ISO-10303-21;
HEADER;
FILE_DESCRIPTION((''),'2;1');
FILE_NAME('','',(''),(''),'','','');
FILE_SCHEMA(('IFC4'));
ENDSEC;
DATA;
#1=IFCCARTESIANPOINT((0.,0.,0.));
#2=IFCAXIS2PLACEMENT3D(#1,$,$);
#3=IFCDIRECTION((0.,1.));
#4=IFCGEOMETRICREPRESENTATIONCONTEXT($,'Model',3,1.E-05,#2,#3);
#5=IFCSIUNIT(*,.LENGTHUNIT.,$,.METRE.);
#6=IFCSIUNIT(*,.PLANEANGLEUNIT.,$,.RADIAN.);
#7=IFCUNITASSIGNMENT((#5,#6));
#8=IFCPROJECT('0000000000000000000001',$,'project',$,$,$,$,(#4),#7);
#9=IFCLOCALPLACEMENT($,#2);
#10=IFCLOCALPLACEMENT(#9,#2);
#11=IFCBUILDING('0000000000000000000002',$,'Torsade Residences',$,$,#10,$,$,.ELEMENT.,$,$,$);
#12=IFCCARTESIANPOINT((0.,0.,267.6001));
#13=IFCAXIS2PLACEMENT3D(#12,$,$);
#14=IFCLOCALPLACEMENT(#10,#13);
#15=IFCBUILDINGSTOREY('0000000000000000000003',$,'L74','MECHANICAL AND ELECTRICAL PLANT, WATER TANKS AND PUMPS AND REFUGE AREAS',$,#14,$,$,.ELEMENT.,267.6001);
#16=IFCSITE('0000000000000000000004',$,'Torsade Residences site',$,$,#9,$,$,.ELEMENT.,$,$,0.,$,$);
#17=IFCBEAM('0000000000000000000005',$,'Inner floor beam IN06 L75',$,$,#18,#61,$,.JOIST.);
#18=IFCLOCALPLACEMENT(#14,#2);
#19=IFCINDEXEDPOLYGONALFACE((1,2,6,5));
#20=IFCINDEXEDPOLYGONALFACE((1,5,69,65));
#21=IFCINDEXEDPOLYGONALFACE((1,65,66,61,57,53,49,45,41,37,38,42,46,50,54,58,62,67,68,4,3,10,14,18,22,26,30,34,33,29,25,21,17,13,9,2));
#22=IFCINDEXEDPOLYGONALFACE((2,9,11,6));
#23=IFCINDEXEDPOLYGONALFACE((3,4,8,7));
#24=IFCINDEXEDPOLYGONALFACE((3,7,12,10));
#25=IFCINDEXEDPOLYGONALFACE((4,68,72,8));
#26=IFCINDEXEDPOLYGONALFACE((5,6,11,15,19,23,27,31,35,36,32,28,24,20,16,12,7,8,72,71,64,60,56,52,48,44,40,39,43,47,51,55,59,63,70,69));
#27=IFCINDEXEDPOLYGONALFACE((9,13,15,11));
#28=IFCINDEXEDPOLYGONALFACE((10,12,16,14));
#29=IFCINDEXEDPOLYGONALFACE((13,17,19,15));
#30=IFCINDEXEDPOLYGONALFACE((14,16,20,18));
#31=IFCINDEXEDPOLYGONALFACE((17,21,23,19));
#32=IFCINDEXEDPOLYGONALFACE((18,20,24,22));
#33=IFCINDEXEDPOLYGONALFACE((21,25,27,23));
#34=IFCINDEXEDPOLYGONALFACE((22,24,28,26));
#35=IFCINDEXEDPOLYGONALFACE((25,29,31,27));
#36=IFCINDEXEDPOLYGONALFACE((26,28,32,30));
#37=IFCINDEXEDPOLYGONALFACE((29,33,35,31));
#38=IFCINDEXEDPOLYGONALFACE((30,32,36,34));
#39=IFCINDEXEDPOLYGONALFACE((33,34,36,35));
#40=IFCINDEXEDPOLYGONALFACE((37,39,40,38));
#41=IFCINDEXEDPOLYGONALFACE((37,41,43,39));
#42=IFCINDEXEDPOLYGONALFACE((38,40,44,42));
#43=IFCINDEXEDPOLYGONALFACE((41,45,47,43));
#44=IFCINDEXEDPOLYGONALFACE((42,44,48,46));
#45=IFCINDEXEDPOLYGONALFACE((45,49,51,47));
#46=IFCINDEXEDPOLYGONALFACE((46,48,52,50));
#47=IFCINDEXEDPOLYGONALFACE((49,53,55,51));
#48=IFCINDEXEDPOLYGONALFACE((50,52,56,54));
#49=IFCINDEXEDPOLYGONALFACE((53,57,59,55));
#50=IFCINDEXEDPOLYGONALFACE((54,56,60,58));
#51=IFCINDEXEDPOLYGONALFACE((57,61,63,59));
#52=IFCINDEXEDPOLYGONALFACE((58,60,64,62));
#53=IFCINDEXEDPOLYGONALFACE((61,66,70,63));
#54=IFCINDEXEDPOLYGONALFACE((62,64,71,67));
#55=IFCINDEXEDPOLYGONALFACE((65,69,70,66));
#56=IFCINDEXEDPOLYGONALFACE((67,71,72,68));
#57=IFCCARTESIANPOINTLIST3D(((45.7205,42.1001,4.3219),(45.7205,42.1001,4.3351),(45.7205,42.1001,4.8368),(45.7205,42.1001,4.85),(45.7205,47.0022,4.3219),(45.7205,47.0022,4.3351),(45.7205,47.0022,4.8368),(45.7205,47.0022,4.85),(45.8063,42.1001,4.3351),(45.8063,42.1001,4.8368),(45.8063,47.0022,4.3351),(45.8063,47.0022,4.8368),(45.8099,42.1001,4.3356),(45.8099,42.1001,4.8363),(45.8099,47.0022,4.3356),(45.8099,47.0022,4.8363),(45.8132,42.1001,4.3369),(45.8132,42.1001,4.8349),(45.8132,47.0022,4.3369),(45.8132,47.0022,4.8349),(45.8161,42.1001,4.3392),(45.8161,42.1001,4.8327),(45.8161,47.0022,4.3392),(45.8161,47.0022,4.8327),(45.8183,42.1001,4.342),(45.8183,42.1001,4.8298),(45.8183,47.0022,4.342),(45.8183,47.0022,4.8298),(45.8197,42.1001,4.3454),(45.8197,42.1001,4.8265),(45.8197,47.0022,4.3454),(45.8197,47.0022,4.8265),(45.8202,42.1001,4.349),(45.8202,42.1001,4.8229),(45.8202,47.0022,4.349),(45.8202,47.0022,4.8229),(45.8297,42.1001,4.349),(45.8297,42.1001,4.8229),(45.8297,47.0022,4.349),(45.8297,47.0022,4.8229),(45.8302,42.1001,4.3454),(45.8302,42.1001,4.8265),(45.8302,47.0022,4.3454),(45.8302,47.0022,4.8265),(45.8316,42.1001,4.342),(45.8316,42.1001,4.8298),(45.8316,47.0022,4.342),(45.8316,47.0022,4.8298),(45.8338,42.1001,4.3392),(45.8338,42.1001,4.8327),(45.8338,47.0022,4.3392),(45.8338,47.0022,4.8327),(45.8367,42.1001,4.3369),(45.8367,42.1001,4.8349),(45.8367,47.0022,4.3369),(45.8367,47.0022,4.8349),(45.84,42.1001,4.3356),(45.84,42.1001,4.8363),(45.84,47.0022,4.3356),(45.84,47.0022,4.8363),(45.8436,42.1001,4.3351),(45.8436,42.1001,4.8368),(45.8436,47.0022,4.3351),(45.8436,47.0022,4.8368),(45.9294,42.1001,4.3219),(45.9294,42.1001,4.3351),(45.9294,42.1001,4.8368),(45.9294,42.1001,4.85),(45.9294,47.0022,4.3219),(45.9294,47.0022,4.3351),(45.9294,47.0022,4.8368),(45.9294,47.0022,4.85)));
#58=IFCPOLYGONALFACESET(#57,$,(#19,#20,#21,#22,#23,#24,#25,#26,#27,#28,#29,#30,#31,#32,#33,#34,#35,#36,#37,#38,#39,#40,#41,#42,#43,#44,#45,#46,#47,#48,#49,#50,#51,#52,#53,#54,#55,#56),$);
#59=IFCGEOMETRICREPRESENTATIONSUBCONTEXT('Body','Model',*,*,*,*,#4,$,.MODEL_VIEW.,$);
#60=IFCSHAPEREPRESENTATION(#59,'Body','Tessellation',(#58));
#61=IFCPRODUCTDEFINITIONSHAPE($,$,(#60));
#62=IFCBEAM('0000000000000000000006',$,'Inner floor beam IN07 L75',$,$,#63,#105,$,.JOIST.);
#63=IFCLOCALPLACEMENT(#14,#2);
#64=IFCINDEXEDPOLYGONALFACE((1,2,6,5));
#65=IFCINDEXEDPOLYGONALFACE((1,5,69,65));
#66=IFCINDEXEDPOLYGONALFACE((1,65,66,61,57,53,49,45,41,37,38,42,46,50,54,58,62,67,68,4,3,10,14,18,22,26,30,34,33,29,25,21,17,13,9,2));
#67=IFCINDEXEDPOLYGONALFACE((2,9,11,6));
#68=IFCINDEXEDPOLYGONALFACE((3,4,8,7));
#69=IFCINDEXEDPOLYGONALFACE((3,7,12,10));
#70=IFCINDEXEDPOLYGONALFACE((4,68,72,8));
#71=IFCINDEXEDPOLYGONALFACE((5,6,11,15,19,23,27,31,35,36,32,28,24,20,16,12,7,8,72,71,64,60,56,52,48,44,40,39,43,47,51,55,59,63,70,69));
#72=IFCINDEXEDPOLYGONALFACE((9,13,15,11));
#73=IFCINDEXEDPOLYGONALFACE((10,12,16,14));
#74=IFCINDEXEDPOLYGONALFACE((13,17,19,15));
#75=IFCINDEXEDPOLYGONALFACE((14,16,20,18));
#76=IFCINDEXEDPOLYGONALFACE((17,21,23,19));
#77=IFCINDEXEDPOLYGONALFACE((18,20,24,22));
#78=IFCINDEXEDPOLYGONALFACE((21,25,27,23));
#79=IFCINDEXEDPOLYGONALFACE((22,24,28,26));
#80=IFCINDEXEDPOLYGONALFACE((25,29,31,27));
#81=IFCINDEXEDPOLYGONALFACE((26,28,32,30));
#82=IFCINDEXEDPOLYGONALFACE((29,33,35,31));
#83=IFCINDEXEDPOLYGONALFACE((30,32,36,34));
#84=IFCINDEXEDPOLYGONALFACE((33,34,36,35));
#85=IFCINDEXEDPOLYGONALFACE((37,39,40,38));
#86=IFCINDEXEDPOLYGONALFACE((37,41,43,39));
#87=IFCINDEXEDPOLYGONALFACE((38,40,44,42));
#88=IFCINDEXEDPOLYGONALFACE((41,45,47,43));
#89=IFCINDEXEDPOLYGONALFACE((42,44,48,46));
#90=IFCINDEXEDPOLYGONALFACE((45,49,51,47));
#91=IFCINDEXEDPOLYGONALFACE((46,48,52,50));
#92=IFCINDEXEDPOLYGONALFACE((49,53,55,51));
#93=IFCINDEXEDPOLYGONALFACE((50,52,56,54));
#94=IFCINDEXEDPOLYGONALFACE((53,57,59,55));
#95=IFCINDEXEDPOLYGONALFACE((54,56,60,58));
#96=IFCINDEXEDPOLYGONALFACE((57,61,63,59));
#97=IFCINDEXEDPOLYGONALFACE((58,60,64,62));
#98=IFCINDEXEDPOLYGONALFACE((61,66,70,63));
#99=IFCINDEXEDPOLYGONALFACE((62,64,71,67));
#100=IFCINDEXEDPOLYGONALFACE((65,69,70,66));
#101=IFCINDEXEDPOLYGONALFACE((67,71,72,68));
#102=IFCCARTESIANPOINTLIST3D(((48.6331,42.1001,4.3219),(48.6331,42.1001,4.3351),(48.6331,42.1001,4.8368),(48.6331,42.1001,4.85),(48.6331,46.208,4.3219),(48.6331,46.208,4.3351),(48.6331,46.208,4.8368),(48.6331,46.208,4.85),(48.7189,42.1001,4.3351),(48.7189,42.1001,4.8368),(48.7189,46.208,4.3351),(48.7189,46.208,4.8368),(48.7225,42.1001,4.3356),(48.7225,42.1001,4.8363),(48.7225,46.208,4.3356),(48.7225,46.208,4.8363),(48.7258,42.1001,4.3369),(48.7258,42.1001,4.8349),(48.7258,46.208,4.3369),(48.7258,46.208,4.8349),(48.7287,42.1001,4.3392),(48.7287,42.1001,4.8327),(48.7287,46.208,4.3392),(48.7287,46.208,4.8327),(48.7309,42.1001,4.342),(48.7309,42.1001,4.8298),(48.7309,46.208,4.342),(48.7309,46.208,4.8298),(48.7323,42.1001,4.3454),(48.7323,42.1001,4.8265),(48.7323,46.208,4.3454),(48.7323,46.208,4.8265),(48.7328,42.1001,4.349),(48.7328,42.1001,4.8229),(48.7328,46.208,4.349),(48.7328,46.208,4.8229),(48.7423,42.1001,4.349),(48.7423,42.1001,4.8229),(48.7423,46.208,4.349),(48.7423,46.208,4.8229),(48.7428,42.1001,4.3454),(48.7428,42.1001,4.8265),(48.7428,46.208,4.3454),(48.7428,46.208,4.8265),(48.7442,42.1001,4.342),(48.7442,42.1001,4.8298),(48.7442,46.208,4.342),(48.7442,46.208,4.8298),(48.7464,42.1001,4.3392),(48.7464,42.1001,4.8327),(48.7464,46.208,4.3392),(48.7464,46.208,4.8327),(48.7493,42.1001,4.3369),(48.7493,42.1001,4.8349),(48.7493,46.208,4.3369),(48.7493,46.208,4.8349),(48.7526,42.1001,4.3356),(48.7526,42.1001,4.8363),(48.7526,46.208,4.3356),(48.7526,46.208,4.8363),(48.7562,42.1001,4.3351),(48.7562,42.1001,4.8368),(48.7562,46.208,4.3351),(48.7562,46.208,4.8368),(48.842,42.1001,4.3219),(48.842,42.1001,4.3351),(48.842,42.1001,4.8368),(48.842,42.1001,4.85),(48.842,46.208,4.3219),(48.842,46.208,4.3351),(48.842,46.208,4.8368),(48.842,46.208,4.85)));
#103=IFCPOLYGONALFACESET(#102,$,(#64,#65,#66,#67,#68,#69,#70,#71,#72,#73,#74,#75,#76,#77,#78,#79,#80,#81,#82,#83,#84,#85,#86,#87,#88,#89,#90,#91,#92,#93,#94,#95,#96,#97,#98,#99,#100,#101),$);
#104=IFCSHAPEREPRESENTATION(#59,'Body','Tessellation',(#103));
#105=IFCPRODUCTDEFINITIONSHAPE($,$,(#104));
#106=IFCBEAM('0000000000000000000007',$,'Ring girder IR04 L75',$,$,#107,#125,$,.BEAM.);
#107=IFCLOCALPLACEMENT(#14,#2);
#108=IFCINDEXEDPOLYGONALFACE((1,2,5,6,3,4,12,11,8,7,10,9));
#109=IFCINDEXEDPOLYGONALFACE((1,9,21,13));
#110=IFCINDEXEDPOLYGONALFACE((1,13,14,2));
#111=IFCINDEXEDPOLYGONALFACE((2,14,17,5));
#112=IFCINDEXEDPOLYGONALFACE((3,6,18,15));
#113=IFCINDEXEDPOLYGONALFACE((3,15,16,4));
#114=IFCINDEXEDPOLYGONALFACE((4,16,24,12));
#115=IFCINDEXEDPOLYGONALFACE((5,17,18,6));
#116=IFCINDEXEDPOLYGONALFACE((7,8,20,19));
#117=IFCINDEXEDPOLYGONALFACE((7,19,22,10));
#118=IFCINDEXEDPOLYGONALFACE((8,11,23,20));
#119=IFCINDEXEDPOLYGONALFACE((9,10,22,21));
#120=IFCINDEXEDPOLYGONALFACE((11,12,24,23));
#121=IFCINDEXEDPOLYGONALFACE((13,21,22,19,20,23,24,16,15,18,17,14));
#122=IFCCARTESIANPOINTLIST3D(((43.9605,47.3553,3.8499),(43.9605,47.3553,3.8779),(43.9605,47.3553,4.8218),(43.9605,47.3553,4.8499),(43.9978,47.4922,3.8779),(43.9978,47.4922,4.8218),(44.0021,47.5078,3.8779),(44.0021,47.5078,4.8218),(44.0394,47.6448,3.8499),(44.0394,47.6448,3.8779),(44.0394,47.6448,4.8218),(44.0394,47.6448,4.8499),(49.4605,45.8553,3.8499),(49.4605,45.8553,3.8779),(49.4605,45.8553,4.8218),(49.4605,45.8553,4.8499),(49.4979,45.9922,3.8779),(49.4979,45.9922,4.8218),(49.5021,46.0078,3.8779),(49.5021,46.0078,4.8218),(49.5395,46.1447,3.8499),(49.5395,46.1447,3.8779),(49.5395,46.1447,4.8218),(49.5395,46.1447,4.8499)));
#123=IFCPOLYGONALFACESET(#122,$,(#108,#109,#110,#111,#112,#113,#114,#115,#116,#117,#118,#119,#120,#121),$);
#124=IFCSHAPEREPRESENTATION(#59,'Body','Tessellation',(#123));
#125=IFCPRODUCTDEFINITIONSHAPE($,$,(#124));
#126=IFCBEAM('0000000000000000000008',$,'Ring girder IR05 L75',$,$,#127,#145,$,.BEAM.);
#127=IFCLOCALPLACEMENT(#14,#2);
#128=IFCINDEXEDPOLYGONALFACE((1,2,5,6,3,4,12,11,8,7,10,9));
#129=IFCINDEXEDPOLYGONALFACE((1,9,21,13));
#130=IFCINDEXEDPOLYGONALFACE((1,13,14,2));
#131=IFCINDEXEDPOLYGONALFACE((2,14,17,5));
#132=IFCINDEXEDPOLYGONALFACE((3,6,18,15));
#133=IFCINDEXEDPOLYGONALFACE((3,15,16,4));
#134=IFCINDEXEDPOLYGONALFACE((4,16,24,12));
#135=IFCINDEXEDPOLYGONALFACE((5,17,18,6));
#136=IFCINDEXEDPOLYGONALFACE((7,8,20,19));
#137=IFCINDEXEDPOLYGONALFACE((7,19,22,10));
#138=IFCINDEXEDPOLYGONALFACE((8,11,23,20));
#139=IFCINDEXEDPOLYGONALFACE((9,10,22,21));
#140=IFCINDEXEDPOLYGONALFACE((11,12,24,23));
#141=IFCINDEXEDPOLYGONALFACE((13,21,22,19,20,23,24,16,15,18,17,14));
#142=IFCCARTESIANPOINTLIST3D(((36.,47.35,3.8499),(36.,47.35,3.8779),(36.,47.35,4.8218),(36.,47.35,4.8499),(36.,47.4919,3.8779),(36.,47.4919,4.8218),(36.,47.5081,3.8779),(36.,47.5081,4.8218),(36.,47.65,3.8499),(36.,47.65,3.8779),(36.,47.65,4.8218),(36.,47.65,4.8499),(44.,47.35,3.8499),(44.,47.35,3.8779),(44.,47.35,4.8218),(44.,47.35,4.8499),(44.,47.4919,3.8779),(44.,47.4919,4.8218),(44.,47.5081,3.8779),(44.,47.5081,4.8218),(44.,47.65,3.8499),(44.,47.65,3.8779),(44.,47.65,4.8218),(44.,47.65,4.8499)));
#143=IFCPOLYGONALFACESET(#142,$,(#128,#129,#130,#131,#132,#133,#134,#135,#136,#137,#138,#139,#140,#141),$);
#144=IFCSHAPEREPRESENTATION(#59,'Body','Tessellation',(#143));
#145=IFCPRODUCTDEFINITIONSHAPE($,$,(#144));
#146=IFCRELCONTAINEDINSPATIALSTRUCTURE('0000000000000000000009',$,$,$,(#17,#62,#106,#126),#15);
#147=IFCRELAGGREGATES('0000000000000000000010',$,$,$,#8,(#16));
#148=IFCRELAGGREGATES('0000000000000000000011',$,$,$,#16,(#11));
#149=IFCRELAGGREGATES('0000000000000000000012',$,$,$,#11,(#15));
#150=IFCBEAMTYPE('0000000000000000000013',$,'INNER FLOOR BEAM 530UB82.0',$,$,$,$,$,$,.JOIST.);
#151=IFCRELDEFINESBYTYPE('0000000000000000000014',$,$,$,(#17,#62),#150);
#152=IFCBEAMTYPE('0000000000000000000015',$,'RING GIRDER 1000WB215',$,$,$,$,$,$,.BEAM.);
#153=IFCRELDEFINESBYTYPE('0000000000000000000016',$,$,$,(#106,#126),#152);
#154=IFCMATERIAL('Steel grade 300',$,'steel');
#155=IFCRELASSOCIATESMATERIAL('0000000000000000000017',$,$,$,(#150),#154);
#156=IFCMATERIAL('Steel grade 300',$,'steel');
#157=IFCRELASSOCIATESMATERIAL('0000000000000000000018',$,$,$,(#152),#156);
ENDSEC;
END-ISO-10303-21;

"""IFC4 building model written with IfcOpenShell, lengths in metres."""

from ifc_helpers import new_model, si_unit, direction, frame, origin, origin_2d, place, context, subcontext, project, spatial, i_section, extrude, material, material_profile, profile_set, type_object, element, save


model = new_model("IFC4")

# Units and contexts
model_context = context("Model", 3, precision=1e-05, world=origin(), true_north=direction((0.0, 1.0)))
body_context = subcontext(model_context, "Body", "Model", "MODEL_VIEW")
ifc_project = project(units=[si_unit("LENGTHUNIT", "METRE"), si_unit("PLANEANGLEUNIT", "RADIAN")], contexts=[model_context])

# Site, building, storey
site_placement = place(None, origin())
site = spatial("IfcSite", under=ifc_project, at=site_placement, Name="Torsade Residences site", CompositionType="ELEMENT", RefElevation=0.0)
building_placement = place(site_placement, origin())
building = spatial("IfcBuilding", under=site, at=building_placement, Name="Torsade Residences", CompositionType="ELEMENT")
storey_placement = place(building_placement, frame((0.0, 0.0, 267.6001)))
storey = spatial("IfcBuildingStorey", under=building, at=storey_placement, Name="L74", Description="MECHANICAL AND ELECTRICAL PLANT, WATER TANKS AND PUMPS AND REFUGE AREAS", CompositionType="ELEMENT", Elevation=267.6001)

# Beams
ifc_material_1 = material(Name="Steel grade 300", Category="steel")
ifc_material_profile_1 = material_profile(ifc_material_1, i_section(OverallWidth=0.209, OverallDepth=0.5281, WebThickness=0.0095, FlangeThickness=0.0132, FilletRadius=0.0139, at=origin_2d()), Name="530UB82.0")
ifc_profile_set_1 = profile_set([ifc_material_profile_1], Name="Steel grade 300")
beam_type_1 = type_object("IfcBeamType", Name="INNER FLOOR BEAM 530UB82.0", PredefinedType="JOIST", material=ifc_profile_set_1)
beam_1_placement = place(storey_placement, frame((45.825, 42.1001, 4.5859), z_axis=(0.0, 1.0, 0.0), x_axis=(-1.0, 0.0, 0.0)))
element("IfcBeam", 1, at=beam_1_placement, inside=storey, type_object=beam_type_1, Name="Inner floor beam IN06 L75", PredefinedType="JOIST", context=body_context, shape_type="SweptSolid", body=[
    extrude(i_section(OverallWidth=0.209, OverallDepth=0.5281, WebThickness=0.0095, FlangeThickness=0.0132, FilletRadius=0.0139, at=origin_2d()), origin(), (0.0, 0.0, 1.0), 4.9021),
])
beam_2_placement = place(storey_placement, frame((48.7375, 42.1001, 4.5859), z_axis=(0.0, 1.0, 0.0), x_axis=(-1.0, 0.0, 0.0)))
element("IfcBeam", 2, at=beam_2_placement, inside=storey, type_object=beam_type_1, Name="Inner floor beam IN07 L75", PredefinedType="JOIST", context=body_context, shape_type="SweptSolid", body=[
    extrude(i_section(OverallWidth=0.209, OverallDepth=0.5281, WebThickness=0.0095, FlangeThickness=0.0132, FilletRadius=0.0139, at=origin_2d()), origin(), (0.0, 0.0, 1.0), 4.1079),
])
ifc_material_2 = material(Name="Steel grade 300", Category="steel")
ifc_material_profile_2 = material_profile(ifc_material_2, i_section(OverallWidth=0.3, OverallDepth=1.0, WebThickness=0.0161, FlangeThickness=0.0281, at=origin_2d()), Name="1000WB215")
ifc_profile_set_2 = profile_set([ifc_material_profile_2], Name="Steel grade 300")
beam_type_2 = type_object("IfcBeamType", Name="RING GIRDER 1000WB215", PredefinedType="BEAM", material=ifc_profile_set_2)
beam_3_placement = place(storey_placement, frame((49.5, 46.0, 4.3499), z_axis=(-0.964764, 0.263117, 0.0), x_axis=(-0.263117, -0.964764, 0.0)))
element("IfcBeam", 3, at=beam_3_placement, inside=storey, type_object=beam_type_2, Name="Ring girder IR04 L75", PredefinedType="BEAM", context=body_context, shape_type="SweptSolid", body=[
    extrude(i_section(OverallWidth=0.3, OverallDepth=1.0, WebThickness=0.0161, FlangeThickness=0.0281, at=origin_2d()), origin(), (0.0, 0.0, 1.0), 5.7009),
])
beam_4_placement = place(storey_placement, frame((44.0, 47.5, 4.3499), z_axis=(-1.0, 0.0, 0.0), x_axis=(0.0, -1.0, 0.0)))
element("IfcBeam", 4, at=beam_4_placement, inside=storey, type_object=beam_type_2, Name="Ring girder IR05 L75", PredefinedType="BEAM", context=body_context, shape_type="SweptSolid", body=[
    extrude(i_section(OverallWidth=0.3, OverallDepth=1.0, WebThickness=0.0161, FlangeThickness=0.0281, at=origin_2d()), origin(), (0.0, 0.0, 1.0), 8.0),
])

save(model, "model.ifc")
